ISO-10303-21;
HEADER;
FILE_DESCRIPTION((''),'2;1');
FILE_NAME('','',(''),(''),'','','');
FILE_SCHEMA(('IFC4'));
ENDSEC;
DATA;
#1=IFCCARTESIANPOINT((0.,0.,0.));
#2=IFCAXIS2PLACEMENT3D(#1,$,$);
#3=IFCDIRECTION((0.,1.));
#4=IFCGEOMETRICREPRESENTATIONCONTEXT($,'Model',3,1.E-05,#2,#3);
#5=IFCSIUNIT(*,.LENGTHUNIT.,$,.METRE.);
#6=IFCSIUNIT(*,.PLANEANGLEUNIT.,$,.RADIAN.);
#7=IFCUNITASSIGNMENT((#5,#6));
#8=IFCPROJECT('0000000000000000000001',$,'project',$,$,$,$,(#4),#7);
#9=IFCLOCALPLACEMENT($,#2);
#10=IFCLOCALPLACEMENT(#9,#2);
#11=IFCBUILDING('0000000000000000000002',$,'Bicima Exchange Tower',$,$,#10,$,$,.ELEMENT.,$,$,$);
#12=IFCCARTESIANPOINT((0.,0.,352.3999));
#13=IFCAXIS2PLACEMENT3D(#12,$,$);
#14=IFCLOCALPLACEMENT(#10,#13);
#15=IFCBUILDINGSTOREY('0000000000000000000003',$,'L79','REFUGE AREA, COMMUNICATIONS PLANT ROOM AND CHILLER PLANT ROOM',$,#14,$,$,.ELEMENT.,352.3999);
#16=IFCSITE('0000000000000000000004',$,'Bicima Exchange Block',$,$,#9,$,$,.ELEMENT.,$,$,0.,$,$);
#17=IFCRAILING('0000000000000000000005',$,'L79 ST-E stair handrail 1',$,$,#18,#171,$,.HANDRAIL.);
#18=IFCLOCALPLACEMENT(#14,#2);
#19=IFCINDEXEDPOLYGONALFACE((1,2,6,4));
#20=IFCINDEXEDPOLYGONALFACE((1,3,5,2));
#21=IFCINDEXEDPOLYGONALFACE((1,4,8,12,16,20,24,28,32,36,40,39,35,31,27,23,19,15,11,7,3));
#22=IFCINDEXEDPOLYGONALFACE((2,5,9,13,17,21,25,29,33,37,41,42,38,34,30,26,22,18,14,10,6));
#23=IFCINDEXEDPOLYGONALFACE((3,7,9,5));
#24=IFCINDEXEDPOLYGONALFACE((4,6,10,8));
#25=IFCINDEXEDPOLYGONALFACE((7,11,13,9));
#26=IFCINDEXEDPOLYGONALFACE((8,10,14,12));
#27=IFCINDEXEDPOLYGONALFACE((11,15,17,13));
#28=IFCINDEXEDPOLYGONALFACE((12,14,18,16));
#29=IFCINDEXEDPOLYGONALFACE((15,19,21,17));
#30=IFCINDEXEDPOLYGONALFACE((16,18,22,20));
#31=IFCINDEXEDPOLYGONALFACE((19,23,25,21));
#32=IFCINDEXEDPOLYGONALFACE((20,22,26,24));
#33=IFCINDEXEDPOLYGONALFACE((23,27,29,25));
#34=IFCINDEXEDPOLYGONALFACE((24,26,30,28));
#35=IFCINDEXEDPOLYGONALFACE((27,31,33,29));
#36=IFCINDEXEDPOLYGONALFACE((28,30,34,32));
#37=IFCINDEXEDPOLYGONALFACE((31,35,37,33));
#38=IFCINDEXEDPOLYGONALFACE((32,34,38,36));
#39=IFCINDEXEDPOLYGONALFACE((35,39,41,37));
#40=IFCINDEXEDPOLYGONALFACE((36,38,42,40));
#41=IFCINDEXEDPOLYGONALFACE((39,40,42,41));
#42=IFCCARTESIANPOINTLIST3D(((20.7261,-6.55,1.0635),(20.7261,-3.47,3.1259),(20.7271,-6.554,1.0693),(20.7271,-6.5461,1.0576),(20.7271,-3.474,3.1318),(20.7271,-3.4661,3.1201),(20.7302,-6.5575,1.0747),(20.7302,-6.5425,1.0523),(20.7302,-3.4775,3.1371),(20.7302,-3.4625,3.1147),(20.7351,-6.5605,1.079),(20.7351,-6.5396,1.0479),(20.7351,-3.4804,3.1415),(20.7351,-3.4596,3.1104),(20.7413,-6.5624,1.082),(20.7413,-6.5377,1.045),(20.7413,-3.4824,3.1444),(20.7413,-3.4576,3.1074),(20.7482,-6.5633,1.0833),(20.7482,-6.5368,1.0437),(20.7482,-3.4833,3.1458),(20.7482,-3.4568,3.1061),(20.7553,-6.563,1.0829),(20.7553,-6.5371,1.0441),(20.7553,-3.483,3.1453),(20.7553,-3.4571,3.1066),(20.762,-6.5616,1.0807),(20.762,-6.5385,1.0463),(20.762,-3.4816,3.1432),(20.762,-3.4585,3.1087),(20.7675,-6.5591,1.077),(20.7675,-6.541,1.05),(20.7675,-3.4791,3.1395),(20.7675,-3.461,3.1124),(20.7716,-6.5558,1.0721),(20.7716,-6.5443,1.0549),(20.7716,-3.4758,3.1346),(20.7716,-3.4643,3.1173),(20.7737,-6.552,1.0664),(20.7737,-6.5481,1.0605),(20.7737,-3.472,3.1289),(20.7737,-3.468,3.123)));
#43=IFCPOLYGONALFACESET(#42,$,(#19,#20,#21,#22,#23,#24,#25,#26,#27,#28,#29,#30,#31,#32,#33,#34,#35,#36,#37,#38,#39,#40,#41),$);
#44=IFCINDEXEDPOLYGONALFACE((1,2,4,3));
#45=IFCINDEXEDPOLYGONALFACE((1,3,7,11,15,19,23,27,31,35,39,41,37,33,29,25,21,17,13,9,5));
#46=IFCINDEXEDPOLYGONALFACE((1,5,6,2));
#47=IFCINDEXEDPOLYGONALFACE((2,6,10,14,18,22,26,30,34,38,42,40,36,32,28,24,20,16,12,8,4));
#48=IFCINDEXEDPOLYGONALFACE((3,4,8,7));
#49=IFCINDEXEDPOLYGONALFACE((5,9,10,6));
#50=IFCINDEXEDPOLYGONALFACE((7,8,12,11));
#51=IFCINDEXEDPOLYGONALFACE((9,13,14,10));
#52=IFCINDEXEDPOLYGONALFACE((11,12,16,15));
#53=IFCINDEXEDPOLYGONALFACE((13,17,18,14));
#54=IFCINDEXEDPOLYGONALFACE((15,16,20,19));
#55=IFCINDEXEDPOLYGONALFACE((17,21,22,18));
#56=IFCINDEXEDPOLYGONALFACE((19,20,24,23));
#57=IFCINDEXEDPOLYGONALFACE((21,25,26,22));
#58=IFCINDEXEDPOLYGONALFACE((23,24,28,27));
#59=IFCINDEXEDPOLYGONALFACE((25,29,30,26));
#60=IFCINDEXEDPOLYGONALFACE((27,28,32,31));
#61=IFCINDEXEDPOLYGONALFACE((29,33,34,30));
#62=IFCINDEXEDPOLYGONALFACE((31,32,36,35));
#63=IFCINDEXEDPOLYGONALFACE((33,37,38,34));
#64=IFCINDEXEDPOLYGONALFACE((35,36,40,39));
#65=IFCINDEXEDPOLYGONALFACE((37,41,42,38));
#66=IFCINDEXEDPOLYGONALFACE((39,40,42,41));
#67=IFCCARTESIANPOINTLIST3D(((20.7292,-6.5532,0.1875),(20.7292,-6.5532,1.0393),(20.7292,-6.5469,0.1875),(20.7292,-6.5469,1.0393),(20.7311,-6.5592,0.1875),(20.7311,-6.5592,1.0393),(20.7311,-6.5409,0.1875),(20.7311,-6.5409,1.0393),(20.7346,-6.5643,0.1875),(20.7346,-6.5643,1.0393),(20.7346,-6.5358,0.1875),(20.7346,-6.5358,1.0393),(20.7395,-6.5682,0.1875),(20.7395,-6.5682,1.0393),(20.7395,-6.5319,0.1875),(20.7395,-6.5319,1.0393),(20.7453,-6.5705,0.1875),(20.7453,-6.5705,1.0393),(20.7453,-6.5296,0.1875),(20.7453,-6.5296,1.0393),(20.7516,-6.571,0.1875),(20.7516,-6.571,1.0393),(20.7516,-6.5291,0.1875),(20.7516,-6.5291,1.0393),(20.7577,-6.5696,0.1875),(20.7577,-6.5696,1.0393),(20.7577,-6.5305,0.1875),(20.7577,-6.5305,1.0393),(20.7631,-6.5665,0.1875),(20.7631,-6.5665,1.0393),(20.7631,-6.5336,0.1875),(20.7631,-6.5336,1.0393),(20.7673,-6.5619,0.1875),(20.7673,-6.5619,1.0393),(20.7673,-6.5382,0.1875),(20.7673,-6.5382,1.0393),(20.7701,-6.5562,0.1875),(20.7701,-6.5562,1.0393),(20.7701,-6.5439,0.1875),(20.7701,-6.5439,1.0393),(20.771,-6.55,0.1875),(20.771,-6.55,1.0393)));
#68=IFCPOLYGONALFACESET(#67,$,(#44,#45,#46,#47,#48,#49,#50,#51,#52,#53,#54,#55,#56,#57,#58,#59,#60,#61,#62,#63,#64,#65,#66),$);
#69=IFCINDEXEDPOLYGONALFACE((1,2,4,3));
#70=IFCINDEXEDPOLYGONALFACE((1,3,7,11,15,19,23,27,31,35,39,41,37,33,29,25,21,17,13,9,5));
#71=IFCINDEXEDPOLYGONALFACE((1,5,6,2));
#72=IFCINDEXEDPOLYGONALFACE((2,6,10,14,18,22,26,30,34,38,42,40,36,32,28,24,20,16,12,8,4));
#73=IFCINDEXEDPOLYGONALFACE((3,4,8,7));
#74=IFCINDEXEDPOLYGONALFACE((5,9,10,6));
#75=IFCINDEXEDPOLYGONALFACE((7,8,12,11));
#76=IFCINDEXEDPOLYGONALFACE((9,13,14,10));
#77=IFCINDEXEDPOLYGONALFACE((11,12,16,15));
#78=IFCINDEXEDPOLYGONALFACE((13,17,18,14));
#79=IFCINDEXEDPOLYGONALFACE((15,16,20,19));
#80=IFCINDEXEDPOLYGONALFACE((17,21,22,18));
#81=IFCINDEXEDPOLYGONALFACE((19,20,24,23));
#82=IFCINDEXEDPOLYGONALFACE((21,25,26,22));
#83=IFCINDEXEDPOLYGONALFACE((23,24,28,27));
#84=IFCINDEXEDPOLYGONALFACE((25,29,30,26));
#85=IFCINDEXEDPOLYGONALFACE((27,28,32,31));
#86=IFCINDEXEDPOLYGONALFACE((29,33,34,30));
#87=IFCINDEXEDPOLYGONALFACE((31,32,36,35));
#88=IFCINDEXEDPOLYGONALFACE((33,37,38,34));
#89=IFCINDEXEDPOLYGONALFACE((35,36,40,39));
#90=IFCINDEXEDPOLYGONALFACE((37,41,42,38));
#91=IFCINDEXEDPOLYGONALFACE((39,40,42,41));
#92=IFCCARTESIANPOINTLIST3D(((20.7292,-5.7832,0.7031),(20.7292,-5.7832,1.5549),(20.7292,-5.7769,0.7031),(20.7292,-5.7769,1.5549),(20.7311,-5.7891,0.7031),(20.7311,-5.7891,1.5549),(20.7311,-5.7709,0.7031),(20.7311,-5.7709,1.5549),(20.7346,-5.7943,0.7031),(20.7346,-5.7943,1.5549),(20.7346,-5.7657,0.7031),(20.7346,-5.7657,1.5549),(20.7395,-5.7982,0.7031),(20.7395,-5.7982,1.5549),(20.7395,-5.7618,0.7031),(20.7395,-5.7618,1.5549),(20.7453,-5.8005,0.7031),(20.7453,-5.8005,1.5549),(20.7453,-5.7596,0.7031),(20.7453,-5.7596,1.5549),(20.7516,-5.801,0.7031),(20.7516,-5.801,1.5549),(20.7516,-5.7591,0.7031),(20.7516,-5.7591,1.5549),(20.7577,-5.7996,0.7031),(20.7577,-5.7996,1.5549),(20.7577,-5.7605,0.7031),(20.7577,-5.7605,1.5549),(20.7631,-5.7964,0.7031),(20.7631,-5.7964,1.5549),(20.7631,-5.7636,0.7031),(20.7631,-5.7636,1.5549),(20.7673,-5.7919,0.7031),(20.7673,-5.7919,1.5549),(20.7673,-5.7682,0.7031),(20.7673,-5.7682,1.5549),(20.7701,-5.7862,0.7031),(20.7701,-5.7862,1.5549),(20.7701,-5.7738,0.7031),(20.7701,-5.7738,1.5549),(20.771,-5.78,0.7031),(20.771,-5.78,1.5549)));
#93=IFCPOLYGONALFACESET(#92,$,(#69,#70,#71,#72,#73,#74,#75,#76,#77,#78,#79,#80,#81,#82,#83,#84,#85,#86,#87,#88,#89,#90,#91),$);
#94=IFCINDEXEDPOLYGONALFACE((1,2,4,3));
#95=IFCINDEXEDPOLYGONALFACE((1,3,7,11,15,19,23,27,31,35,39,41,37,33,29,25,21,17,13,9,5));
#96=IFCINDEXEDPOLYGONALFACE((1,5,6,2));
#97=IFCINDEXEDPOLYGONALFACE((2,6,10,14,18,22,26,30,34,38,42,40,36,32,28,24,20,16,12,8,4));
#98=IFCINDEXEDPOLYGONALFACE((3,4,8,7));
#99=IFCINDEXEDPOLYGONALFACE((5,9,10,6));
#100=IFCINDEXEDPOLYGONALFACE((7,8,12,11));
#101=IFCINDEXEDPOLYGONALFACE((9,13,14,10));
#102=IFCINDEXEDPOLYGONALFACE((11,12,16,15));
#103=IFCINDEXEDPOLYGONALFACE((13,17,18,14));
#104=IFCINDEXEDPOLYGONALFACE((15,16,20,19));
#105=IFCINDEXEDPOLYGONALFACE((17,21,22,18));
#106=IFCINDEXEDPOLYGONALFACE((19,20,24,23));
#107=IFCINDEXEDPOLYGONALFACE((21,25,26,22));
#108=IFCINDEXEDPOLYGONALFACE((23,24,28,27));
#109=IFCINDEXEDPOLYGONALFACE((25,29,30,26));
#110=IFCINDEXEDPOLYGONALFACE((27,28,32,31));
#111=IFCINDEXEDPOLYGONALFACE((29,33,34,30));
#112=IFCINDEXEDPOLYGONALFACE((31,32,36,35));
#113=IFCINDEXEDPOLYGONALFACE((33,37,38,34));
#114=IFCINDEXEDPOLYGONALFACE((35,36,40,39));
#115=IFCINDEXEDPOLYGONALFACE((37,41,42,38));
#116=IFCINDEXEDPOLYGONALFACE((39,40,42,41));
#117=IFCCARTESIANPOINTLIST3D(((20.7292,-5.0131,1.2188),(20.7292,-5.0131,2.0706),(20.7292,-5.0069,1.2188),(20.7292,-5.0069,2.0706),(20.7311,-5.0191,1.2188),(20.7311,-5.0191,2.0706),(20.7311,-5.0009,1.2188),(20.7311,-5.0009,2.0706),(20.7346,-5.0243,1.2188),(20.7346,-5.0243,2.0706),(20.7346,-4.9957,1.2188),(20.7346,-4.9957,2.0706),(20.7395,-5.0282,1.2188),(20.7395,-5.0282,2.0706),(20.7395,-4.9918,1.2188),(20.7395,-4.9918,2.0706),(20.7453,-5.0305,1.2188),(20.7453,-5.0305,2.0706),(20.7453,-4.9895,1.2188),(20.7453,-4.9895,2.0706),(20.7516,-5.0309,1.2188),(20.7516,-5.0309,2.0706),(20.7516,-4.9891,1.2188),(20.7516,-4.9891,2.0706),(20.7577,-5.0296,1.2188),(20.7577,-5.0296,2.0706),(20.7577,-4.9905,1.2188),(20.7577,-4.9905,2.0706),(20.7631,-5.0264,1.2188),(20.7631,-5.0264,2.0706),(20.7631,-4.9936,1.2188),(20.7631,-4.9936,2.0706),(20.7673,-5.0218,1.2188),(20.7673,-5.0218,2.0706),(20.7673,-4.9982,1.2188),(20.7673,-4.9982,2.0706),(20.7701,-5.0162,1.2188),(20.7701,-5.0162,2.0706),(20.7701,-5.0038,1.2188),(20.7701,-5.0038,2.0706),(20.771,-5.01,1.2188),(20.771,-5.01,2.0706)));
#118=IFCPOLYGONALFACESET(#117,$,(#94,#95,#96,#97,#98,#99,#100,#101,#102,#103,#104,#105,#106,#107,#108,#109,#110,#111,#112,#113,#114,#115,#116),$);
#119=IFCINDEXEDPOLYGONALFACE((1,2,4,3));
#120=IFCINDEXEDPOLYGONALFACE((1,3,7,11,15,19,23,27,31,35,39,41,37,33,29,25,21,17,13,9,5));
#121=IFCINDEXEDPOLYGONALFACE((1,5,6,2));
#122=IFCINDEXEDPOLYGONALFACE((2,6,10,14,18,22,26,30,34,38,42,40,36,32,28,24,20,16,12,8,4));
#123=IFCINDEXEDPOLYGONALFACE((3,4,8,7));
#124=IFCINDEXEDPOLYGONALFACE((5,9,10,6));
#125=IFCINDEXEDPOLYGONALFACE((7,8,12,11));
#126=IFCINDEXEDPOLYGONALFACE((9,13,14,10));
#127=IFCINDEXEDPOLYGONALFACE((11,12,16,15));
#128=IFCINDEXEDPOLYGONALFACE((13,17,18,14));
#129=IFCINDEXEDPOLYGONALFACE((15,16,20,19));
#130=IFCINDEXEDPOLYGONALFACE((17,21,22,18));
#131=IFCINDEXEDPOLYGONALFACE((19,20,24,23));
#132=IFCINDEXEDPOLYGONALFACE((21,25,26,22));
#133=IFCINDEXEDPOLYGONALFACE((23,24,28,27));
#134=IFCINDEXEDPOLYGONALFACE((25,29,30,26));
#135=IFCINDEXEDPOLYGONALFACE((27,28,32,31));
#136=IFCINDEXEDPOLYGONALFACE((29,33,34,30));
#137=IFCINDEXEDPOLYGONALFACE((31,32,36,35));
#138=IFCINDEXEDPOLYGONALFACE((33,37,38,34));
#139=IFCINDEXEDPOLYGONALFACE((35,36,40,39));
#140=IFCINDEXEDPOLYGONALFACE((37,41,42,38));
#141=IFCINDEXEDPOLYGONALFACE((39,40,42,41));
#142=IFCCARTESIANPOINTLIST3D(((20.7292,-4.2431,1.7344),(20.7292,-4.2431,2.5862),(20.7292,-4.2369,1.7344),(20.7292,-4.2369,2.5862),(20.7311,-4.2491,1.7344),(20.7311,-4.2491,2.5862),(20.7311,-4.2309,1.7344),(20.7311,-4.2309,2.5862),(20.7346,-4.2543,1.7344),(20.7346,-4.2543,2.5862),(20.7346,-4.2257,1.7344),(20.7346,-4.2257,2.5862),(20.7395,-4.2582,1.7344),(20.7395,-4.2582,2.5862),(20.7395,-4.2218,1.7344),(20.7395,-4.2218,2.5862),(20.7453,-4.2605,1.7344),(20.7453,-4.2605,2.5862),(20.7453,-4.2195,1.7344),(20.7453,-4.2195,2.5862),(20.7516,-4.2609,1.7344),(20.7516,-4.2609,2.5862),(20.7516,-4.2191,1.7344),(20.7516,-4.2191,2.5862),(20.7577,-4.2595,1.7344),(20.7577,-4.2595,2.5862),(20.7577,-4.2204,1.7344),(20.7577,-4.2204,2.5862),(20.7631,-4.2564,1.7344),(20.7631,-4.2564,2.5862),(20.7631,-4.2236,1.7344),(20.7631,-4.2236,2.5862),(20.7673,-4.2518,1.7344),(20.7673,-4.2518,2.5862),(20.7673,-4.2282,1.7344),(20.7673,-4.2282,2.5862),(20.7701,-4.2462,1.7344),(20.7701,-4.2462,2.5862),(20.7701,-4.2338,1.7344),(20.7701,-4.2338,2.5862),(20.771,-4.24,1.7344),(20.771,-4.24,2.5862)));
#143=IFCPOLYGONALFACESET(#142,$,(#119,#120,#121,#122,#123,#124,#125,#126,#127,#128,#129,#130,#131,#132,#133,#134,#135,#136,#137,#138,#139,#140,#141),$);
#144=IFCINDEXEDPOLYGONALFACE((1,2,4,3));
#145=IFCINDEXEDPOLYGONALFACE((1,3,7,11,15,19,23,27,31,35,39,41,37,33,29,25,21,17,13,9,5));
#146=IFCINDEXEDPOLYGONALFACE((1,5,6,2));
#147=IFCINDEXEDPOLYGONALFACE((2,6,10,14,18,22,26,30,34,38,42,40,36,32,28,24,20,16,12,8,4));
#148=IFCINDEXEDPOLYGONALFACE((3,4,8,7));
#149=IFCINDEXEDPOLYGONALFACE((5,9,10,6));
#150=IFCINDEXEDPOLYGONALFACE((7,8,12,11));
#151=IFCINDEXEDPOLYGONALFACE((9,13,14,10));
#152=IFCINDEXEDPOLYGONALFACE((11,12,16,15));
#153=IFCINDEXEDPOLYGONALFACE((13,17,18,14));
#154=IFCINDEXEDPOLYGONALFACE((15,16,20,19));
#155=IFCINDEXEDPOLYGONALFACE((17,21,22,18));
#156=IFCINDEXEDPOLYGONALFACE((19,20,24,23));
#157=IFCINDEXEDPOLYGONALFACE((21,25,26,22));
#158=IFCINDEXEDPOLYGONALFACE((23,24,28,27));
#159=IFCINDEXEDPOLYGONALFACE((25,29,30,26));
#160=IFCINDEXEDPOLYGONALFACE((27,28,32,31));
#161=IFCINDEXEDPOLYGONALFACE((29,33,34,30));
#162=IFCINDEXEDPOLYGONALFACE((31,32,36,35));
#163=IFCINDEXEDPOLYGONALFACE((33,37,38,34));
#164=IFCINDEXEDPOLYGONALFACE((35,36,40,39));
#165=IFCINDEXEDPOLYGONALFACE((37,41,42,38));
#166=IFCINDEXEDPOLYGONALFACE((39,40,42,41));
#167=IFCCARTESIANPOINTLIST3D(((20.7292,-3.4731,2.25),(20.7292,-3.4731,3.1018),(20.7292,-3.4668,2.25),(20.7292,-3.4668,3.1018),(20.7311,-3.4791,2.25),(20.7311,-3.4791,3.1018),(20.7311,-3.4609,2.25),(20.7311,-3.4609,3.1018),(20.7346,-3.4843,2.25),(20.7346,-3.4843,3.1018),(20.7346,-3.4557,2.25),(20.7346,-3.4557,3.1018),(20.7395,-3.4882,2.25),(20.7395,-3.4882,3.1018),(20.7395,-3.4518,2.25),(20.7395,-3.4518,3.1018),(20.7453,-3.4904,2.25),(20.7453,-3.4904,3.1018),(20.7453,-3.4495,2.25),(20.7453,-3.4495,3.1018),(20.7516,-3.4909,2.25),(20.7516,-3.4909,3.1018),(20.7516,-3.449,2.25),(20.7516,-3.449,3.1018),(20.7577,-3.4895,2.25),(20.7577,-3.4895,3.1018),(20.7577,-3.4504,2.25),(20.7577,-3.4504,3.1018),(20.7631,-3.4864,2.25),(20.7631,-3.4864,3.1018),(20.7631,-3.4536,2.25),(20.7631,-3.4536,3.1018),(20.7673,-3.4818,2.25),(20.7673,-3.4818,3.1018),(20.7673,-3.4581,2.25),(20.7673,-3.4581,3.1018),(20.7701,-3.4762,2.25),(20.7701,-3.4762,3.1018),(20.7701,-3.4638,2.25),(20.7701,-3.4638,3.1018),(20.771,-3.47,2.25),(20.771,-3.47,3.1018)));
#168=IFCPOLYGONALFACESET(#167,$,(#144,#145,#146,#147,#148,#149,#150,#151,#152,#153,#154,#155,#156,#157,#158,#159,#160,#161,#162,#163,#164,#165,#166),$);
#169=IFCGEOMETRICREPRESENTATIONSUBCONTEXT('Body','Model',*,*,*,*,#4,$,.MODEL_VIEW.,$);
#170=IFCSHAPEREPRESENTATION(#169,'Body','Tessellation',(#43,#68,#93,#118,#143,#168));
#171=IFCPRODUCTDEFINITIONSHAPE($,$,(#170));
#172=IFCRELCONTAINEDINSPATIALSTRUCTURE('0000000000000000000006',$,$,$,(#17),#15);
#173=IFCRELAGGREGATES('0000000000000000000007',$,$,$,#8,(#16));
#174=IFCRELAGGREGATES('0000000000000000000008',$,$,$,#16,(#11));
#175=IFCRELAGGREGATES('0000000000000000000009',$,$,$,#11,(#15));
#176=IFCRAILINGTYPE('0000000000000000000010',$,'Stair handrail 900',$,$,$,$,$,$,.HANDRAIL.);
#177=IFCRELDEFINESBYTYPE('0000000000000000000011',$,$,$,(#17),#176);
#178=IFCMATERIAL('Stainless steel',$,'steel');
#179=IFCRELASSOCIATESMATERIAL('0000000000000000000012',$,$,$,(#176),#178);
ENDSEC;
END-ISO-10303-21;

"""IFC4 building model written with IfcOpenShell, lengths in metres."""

from ifc_helpers import new_model, si_unit, direction, frame, origin, origin_2d, place, context, subcontext, project, spatial, circle, extrude, material, type_object, element, save


model = new_model("IFC4")

# Units and contexts
model_context = context("Model", 3, precision=1e-05, world=origin(), true_north=direction((0.0, 1.0)))
body_context = subcontext(model_context, "Body", "Model", "MODEL_VIEW")
ifc_project = project(units=[si_unit("LENGTHUNIT", "METRE"), si_unit("PLANEANGLEUNIT", "RADIAN")], contexts=[model_context])

# Site, building, storey
site_placement = place(None, origin())
site = spatial("IfcSite", under=ifc_project, at=site_placement, Name="Bicima Exchange Block", CompositionType="ELEMENT", RefElevation=0.0)
building_placement = place(site_placement, origin())
building = spatial("IfcBuilding", under=site, at=building_placement, Name="Bicima Exchange Tower", CompositionType="ELEMENT")
storey_placement = place(building_placement, frame((0.0, 0.0, 352.3999)))
storey = spatial("IfcBuildingStorey", under=building, at=storey_placement, Name="L79", Description="REFUGE AREA, COMMUNICATIONS PLANT ROOM AND CHILLER PLANT ROOM", CompositionType="ELEMENT", Elevation=352.3999)

# Railing
ifc_material_1 = material(Name="Stainless steel", Category="steel")
railing_type_1 = type_object("IfcRailingType", Name="Stair handrail 900", PredefinedType="HANDRAIL", material=ifc_material_1)
railing_1_placement = place(storey_placement, frame((20.75, -6.55, 0.1875)))
element("IfcRailing", 1, at=railing_1_placement, inside=storey, type_object=railing_type_1, Name="L79 ST-E stair handrail 1", PredefinedType="HANDRAIL", context=body_context, shape_type="SweptSolid", body=[
    extrude(circle(Radius=0.0239, at=origin_2d()), frame((0.0, 0.0, 0.876), z_axis=(0.0, 0.830914, 0.556401), x_axis=(-1.0, 0.0, 0.0)), (0.0, 0.0, 1.0), 3.7068),
    extrude(circle(Radius=0.021, at=origin_2d()), origin(), (0.0, 0.0, 1.0), 0.8518),
    extrude(circle(Radius=0.021, at=origin_2d()), frame((0.0, 0.77, 0.5156)), (0.0, 0.0, 1.0), 0.8518),
    extrude(circle(Radius=0.021, at=origin_2d()), frame((0.0, 1.54, 1.0312)), (0.0, 0.0, 1.0), 0.8518),
    extrude(circle(Radius=0.021, at=origin_2d()), frame((0.0, 2.3101, 1.5469)), (0.0, 0.0, 1.0), 0.8518),
    extrude(circle(Radius=0.021, at=origin_2d()), frame((0.0, 3.0801, 2.0625)), (0.0, 0.0, 1.0), 0.8518),
])

save(model, "model.ifc")
